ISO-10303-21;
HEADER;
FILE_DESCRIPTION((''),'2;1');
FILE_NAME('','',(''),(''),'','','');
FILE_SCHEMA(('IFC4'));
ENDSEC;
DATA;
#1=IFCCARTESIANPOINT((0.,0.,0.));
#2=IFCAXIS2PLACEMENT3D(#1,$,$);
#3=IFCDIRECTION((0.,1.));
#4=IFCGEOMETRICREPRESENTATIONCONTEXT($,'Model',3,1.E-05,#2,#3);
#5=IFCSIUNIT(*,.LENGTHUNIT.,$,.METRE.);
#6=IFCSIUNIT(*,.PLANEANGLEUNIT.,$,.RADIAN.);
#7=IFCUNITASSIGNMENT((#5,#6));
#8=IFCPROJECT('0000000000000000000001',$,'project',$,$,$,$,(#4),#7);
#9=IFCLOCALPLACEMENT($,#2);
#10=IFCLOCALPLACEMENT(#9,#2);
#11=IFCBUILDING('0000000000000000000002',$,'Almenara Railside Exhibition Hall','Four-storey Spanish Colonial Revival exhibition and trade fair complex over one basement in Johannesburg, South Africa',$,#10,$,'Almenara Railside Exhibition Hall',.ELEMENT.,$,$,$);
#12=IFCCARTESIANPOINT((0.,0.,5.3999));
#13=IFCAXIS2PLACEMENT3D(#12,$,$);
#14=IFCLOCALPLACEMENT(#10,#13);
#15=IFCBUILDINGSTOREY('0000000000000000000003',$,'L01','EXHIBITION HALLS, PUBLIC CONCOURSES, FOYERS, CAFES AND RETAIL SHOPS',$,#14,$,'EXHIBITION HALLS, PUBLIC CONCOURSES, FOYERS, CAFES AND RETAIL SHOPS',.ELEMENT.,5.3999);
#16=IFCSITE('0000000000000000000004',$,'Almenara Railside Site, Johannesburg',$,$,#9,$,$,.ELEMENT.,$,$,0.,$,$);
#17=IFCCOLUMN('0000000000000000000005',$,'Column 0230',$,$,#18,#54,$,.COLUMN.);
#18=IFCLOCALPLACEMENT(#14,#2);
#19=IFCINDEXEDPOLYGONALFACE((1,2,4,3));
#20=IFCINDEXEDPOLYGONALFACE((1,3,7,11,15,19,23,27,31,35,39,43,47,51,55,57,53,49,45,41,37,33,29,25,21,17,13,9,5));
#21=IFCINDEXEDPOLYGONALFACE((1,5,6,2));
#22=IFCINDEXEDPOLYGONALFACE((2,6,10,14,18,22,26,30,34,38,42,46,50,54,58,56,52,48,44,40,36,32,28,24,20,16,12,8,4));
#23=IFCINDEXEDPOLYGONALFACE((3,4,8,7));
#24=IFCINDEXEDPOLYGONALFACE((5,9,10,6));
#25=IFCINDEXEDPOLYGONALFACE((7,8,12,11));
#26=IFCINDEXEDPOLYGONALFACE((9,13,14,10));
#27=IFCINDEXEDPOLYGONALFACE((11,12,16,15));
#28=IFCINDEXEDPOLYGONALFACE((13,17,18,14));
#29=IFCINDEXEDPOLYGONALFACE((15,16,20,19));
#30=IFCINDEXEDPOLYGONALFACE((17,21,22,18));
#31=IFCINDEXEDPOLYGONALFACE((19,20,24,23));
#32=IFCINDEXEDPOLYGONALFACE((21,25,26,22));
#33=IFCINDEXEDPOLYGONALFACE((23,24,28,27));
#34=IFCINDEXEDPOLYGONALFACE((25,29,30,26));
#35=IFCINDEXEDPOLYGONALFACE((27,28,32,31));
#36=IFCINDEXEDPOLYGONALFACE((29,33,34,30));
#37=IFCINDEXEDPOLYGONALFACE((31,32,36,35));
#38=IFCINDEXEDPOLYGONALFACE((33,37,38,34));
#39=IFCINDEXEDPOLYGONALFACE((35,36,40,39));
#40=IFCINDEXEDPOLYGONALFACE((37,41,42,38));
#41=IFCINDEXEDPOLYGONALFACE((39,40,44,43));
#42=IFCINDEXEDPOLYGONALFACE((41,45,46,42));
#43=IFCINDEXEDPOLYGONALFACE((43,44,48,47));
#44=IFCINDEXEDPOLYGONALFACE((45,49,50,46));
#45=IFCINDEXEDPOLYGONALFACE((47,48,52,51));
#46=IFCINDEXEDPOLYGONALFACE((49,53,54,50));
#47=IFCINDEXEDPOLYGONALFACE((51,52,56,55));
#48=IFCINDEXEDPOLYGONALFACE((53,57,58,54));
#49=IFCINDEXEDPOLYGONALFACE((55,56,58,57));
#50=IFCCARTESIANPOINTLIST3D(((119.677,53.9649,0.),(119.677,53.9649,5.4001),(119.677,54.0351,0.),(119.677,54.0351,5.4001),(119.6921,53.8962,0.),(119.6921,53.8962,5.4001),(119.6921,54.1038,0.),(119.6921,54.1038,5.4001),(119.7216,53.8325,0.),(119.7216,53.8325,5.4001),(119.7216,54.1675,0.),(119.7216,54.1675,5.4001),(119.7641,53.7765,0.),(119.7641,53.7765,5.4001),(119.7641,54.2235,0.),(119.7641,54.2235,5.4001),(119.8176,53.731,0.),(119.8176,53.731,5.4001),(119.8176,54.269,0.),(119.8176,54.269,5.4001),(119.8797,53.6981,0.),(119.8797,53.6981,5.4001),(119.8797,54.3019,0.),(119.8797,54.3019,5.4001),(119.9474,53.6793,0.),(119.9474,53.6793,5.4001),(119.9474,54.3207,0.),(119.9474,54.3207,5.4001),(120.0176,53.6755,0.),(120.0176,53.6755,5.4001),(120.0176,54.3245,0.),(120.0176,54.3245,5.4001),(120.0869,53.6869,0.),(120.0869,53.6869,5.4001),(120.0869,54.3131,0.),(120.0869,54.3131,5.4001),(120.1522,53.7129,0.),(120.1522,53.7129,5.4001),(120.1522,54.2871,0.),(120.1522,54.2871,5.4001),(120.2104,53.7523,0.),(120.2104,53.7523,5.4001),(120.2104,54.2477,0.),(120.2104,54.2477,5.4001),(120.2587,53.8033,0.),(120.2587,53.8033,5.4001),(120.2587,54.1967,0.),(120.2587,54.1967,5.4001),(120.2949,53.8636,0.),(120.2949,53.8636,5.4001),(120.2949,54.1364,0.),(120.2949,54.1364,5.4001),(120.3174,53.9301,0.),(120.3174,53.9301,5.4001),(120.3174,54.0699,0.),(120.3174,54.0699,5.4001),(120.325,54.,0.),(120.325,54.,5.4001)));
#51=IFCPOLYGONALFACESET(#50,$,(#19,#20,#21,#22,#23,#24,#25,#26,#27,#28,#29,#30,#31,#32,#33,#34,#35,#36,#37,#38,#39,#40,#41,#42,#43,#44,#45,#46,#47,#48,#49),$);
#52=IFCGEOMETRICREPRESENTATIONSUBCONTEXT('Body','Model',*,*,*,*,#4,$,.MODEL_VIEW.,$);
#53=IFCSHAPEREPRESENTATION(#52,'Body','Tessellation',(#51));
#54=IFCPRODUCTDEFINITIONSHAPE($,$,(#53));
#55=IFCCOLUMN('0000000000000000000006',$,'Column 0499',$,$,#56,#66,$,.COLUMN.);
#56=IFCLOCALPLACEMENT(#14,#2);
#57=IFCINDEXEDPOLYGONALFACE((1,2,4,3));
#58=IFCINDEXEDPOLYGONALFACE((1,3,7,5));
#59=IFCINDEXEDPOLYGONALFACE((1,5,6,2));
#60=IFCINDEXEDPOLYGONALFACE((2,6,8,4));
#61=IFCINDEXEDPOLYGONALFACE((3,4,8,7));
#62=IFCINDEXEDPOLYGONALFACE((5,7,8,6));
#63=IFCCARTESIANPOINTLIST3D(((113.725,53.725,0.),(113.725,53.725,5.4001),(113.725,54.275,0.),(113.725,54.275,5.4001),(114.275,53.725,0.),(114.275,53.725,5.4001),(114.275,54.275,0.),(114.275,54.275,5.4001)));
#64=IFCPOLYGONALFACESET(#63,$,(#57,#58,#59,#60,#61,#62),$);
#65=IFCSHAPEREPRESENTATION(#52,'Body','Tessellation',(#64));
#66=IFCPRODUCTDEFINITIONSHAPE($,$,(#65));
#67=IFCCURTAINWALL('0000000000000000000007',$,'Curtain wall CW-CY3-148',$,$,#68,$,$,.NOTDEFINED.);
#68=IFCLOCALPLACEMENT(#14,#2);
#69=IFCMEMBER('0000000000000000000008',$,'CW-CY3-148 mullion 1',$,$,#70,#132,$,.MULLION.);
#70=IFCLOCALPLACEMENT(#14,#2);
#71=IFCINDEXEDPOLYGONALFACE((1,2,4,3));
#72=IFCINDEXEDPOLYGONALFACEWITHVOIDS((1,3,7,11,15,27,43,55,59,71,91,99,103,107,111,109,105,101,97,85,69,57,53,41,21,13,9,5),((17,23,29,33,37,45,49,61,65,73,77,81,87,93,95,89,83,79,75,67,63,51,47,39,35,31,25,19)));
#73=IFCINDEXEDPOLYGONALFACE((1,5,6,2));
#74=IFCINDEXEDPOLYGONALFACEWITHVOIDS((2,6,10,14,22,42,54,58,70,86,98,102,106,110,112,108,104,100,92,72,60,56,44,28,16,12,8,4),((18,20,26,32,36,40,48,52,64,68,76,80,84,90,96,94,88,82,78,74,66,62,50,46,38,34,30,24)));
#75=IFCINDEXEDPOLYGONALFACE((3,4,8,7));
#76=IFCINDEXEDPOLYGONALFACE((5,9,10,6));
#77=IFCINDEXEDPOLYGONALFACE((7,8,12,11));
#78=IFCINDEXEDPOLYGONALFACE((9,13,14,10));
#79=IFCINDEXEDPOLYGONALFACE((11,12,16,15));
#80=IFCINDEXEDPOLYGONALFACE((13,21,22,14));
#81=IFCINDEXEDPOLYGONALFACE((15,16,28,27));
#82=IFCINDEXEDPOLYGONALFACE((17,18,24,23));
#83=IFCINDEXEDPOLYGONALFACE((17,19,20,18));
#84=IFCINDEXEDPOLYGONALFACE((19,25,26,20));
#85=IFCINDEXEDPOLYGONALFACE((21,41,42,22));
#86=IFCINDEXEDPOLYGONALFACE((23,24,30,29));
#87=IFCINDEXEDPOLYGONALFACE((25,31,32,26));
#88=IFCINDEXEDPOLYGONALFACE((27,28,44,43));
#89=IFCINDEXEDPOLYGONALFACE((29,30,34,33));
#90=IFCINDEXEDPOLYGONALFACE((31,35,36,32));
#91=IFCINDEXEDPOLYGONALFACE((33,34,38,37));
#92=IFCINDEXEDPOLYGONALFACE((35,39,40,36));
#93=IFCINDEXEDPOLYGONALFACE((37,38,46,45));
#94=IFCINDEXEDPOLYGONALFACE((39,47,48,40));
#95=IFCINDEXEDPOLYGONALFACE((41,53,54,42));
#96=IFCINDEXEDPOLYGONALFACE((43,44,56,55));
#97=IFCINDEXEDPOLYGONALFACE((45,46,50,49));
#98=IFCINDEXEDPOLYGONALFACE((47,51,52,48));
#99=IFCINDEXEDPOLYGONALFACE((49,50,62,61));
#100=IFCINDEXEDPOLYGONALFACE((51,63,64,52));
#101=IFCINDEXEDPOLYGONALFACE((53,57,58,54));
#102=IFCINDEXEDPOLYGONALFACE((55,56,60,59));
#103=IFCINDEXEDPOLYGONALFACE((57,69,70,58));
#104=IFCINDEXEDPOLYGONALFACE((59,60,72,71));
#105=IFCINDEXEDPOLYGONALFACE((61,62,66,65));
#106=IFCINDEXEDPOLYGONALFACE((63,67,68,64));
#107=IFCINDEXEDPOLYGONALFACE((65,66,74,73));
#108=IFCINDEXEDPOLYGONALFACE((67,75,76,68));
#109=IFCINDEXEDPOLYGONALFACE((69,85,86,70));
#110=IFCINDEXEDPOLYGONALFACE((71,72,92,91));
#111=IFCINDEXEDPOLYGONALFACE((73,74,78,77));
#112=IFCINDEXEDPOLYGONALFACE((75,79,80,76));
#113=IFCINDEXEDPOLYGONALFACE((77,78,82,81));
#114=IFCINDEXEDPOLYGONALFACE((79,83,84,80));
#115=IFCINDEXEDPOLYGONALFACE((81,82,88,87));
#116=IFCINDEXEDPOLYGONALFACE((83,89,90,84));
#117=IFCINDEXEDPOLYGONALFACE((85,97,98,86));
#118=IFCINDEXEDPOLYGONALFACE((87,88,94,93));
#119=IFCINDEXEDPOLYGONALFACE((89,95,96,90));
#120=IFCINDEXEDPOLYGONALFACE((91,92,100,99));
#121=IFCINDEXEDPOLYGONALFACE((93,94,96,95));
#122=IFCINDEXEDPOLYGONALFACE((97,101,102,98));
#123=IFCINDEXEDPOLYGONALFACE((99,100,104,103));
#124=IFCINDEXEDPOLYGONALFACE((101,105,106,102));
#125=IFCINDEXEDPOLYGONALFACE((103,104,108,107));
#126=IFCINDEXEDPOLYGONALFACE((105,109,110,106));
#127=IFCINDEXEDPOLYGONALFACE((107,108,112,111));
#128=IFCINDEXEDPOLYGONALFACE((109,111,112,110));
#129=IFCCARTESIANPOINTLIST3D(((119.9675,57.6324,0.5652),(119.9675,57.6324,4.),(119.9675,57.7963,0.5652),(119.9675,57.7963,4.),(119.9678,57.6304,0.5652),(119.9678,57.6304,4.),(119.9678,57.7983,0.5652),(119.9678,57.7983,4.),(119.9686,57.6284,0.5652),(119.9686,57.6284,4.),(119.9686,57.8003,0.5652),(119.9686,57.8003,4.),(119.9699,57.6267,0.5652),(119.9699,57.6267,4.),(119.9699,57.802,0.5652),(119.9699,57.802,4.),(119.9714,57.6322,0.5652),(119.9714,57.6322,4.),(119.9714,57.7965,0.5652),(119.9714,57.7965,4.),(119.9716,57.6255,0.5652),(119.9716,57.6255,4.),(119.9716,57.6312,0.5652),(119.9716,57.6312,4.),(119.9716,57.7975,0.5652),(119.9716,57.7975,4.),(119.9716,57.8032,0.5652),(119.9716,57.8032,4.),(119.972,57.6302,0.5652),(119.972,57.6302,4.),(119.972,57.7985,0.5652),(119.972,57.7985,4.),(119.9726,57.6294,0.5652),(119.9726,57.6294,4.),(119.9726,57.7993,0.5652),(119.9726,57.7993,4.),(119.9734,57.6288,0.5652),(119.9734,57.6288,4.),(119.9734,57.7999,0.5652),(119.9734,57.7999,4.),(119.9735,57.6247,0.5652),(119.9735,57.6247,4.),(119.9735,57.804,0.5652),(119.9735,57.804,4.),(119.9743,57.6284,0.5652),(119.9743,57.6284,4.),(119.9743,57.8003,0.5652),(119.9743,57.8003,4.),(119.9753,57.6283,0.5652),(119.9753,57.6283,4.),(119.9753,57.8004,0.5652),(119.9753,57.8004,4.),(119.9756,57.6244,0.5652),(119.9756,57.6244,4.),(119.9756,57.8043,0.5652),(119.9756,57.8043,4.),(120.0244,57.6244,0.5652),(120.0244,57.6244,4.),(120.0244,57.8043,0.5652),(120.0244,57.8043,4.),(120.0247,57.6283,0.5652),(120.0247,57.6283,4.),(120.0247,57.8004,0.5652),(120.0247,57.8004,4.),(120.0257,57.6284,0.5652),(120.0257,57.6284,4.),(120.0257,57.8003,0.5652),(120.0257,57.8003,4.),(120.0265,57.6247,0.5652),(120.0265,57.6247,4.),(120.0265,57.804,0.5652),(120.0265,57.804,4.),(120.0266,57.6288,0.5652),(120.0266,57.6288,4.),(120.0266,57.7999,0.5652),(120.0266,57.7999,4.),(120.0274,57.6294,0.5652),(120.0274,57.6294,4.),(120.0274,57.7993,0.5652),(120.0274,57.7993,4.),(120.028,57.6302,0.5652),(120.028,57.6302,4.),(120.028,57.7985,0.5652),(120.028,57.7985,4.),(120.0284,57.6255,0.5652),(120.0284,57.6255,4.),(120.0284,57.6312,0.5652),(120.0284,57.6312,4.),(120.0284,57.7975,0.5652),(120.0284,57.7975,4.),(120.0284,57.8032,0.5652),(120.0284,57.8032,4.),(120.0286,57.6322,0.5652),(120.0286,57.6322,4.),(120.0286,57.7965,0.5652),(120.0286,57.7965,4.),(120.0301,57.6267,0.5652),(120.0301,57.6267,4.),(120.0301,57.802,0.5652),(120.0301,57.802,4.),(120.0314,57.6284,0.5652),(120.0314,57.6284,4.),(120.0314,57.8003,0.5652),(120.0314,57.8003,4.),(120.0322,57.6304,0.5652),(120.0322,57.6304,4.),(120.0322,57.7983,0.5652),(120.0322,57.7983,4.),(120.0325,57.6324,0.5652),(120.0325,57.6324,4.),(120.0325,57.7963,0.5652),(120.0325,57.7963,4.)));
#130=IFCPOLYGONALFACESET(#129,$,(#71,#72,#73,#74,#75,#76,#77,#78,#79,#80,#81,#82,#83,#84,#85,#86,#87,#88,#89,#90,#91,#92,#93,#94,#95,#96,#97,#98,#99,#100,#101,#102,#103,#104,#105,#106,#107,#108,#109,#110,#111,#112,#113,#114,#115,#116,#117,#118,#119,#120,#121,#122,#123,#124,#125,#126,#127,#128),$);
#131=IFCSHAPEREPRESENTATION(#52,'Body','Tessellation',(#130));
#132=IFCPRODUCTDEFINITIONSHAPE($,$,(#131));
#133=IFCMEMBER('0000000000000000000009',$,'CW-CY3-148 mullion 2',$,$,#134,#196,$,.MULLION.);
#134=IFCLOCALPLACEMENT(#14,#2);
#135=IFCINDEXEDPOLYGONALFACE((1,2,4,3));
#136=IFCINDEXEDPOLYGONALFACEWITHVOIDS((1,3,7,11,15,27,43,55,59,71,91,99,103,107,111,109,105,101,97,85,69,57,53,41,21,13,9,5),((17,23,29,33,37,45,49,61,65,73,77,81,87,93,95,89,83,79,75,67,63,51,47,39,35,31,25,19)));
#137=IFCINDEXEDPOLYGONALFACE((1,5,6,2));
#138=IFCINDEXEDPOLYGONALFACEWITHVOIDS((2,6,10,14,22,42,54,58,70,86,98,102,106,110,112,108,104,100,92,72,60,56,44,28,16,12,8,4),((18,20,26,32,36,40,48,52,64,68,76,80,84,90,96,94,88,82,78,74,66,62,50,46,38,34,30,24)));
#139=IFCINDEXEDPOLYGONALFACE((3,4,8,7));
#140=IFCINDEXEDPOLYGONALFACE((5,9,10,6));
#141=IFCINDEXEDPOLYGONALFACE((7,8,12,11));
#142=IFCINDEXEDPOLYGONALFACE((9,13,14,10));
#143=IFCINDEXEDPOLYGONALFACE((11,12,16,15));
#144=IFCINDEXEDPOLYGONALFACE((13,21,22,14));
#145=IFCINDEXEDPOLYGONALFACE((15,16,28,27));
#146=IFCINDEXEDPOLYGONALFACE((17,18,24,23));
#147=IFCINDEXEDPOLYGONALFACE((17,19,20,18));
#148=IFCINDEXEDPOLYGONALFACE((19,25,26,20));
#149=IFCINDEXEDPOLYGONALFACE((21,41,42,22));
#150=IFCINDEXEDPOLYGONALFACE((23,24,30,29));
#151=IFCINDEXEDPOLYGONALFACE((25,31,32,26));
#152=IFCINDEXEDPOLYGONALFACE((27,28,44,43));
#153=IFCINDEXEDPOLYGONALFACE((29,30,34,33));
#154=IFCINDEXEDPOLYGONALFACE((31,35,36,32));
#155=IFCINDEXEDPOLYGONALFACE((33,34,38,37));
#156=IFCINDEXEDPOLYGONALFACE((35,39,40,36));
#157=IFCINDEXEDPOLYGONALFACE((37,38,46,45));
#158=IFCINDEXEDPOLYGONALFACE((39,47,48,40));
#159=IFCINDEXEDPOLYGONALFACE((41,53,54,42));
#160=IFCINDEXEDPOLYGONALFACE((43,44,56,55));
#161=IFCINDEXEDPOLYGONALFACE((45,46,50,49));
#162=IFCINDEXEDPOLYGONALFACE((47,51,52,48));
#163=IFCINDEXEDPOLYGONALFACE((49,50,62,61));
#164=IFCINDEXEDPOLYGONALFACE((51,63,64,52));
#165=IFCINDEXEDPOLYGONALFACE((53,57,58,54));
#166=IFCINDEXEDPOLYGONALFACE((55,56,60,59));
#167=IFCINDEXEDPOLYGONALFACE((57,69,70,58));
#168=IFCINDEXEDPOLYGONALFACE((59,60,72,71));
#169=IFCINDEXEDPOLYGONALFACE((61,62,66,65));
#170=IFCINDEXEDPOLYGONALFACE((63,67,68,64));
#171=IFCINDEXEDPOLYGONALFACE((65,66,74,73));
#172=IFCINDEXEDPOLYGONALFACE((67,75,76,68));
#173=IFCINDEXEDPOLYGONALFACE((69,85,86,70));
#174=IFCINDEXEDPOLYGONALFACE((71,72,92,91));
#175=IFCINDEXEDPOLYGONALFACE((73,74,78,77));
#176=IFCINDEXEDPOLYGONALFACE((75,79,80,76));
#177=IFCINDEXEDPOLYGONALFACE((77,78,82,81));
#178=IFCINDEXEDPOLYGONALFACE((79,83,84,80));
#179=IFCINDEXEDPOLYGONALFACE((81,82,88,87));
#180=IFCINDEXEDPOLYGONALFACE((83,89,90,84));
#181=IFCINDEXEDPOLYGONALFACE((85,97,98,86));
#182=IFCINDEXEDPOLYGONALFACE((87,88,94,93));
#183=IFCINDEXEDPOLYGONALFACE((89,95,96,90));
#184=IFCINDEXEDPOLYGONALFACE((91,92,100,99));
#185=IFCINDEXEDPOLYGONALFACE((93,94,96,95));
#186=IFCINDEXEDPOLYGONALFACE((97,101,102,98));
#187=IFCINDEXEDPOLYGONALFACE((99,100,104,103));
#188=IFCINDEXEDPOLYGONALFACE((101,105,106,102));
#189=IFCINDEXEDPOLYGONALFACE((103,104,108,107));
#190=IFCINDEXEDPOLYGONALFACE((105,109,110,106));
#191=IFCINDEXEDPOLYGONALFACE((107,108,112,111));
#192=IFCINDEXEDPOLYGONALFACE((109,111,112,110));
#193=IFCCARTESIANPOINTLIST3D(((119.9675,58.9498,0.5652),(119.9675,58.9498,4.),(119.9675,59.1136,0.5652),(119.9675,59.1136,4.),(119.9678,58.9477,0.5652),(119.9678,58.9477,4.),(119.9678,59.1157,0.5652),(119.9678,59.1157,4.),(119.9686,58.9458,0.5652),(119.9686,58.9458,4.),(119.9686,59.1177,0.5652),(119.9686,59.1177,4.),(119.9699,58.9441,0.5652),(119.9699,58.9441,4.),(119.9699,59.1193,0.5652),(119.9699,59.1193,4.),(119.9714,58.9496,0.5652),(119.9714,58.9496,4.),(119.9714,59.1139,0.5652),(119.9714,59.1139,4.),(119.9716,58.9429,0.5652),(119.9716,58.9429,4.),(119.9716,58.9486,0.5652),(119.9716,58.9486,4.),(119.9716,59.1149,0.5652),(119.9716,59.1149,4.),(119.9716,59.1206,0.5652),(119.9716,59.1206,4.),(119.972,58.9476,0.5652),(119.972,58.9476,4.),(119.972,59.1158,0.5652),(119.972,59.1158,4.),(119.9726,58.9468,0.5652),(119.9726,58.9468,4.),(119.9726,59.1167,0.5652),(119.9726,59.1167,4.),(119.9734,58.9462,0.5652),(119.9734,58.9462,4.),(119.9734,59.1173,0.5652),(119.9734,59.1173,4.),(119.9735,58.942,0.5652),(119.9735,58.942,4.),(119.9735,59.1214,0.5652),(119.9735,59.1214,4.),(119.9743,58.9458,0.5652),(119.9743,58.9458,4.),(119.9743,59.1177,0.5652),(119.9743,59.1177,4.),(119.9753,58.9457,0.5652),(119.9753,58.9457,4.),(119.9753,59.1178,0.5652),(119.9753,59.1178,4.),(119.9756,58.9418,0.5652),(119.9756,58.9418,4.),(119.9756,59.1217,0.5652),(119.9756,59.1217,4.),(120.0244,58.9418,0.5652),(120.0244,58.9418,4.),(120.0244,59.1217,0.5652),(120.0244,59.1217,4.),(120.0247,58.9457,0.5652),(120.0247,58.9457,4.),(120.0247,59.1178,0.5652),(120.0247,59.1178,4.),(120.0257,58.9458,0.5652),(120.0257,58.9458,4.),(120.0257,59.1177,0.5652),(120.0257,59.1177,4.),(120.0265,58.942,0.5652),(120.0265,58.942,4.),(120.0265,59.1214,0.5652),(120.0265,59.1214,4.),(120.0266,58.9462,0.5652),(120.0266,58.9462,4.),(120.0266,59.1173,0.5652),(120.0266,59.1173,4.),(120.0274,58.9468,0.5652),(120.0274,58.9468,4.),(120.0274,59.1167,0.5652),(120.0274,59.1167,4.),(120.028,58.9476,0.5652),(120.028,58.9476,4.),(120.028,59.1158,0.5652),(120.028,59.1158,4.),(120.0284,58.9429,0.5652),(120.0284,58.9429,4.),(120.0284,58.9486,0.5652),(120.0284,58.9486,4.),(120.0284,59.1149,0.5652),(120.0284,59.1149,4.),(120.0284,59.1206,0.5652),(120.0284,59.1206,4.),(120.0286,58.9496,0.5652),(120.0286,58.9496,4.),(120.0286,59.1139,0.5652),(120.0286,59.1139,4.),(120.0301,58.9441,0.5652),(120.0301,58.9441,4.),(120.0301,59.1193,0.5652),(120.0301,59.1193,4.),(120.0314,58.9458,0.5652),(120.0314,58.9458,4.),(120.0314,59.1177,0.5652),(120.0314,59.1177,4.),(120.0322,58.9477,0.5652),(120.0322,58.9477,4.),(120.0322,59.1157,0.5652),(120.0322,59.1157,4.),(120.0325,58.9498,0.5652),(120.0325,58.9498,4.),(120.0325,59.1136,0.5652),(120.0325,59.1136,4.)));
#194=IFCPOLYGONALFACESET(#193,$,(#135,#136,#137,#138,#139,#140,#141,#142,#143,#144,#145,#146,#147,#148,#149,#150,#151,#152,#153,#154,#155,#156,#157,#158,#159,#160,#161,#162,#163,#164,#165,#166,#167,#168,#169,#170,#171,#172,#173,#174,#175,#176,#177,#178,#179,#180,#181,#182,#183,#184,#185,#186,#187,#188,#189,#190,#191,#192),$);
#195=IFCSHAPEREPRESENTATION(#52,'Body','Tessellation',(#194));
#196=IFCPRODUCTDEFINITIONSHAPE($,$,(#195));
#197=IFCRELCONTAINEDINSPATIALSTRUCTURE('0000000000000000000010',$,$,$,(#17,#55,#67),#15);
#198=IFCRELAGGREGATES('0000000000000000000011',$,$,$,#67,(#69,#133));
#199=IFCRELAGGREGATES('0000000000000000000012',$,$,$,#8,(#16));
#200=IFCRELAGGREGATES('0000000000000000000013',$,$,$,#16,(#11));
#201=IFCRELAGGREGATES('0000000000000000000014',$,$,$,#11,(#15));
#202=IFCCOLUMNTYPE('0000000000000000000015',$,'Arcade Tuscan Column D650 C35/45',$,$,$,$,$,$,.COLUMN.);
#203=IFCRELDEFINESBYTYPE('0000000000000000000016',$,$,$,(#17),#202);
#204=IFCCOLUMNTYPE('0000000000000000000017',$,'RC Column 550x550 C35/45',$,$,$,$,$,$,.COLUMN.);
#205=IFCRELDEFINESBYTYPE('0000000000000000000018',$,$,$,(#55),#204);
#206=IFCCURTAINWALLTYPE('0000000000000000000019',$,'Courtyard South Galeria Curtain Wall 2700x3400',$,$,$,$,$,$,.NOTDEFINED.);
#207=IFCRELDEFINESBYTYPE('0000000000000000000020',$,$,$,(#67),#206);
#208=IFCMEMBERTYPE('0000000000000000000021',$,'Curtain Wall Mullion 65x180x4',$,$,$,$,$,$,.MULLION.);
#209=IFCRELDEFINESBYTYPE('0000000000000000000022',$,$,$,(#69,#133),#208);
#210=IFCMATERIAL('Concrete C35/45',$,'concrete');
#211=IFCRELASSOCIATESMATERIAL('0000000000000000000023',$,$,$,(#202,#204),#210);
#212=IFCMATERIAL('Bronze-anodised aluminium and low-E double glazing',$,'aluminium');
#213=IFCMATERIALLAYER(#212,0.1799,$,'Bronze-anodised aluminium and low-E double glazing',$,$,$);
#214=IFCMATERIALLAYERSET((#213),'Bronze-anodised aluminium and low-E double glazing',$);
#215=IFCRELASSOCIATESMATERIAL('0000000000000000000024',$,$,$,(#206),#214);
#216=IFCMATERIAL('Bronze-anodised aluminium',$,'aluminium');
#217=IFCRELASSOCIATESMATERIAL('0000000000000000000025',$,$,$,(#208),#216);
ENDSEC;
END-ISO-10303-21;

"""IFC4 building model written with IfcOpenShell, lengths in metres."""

from ifc_helpers import new_model, si_unit, direction, frame, origin, origin_2d, place, context, subcontext, project, spatial, rectangle, hollow_rectangle, circle, extrude, material, layer, layer_set, material_profile, profile_set, type_object, element, aggregate, save


model = new_model("IFC4")

# Units and contexts
model_context = context("Model", 3, precision=1e-05, world=origin(), true_north=direction((0.0, 1.0)))
body_context = subcontext(model_context, "Body", "Model", "MODEL_VIEW")
ifc_project = project(units=[si_unit("LENGTHUNIT", "METRE"), si_unit("PLANEANGLEUNIT", "RADIAN")], contexts=[model_context])

# Site, building, storey
site_placement = place(None, origin())
site = spatial("IfcSite", under=ifc_project, at=site_placement, Name="Almenara Railside Site, Johannesburg", CompositionType="ELEMENT", RefElevation=0.0)
building_placement = place(site_placement, origin())
building = spatial("IfcBuilding", under=site, at=building_placement, Name="Almenara Railside Exhibition Hall", Description="Four-storey Spanish Colonial Revival exhibition and trade fair complex over one basement in Johannesburg, South Africa", LongName="Almenara Railside Exhibition Hall", CompositionType="ELEMENT")
storey_placement = place(building_placement, frame((0.0, 0.0, 5.3999)))
storey = spatial("IfcBuildingStorey", under=building, at=storey_placement, Name="L01", Description="EXHIBITION HALLS, PUBLIC CONCOURSES, FOYERS, CAFES AND RETAIL SHOPS", LongName="EXHIBITION HALLS, PUBLIC CONCOURSES, FOYERS, CAFES AND RETAIL SHOPS", CompositionType="ELEMENT", Elevation=5.3999)

# Columns
ifc_material_1 = material(Name="Concrete C35/45", Category="concrete")
ifc_material_profile_1 = material_profile(ifc_material_1, circle(Radius=0.325, at=origin_2d()), Name="RC-COL D650")
ifc_profile_set_1 = profile_set([ifc_material_profile_1], Name="Concrete C35/45")
column_type_1 = type_object("IfcColumnType", Name="Arcade Tuscan Column D650 C35/45", PredefinedType="COLUMN", material=ifc_profile_set_1)
column_1_placement = place(storey_placement, frame((120.0, 54.0, 0.0), z_axis=(0.0, 0.0, 1.0), x_axis=(1.0, 0.0, 0.0)))
element("IfcColumn", 1, at=column_1_placement, inside=storey, type_object=column_type_1, Name="Column 0230", PredefinedType="COLUMN", context=body_context, shape_type="SweptSolid", body=[
    extrude(circle(Radius=0.325, at=origin_2d()), origin(), (0.0, 0.0, 1.0), 5.4001),
])
ifc_material_profile_2 = material_profile(ifc_material_1, rectangle(XDim=0.55, YDim=0.55, at=origin_2d()), Name="RC 550x550")
ifc_profile_set_2 = profile_set([ifc_material_profile_2], Name="Concrete C35/45")
column_type_2 = type_object("IfcColumnType", Name="RC Column 550x550 C35/45", PredefinedType="COLUMN", material=ifc_profile_set_2)
column_2_placement = place(storey_placement, frame((114.0, 54.0, 0.0), z_axis=(0.0, 0.0, 1.0), x_axis=(1.0, 0.0, 0.0)))
element("IfcColumn", 2, at=column_2_placement, inside=storey, type_object=column_type_2, Name="Column 0499", PredefinedType="COLUMN", context=body_context, shape_type="SweptSolid", body=[
    extrude(rectangle(XDim=0.55, YDim=0.55, at=origin_2d()), origin(), (0.0, 0.0, 1.0), 5.4001),
])

# Curtain wall, members
ifc_material_2 = material(Name="Bronze-anodised aluminium and low-E double glazing", Category="aluminium")
ifc_layer_1 = layer(ifc_material_2, 0.1799, Name="Bronze-anodised aluminium and low-E double glazing")
ifc_layer_set_1 = layer_set([ifc_layer_1], Name="Bronze-anodised aluminium and low-E double glazing")
curtain_wall_type_1 = type_object("IfcCurtainWallType", Name="Courtyard South Galeria Curtain Wall 2700x3400", PredefinedType="NOTDEFINED", material=ifc_layer_set_1)
curtain_wall_1_placement = place(storey_placement, origin())
curtain_wall_1 = element("IfcCurtainWall", 3, at=curtain_wall_1_placement, inside=storey, type_object=curtain_wall_type_1, Name="Curtain wall CW-CY3-148", PredefinedType="NOTDEFINED")
ifc_material_3 = material(Name="Bronze-anodised aluminium", Category="aluminium")
ifc_material_profile_3 = material_profile(ifc_material_3, hollow_rectangle(XDim=0.0649, YDim=0.1799, WallThickness=0.0039, InnerFilletRadius=0.0039, OuterFilletRadius=0.0081, at=origin_2d()), Name="ALU-MUL 65x180x4")
ifc_profile_set_3 = profile_set([ifc_material_profile_3], Name="Bronze-anodised aluminium")
member_type_1 = type_object("IfcMemberType", Name="Curtain Wall Mullion 65x180x4", PredefinedType="MULLION", material=ifc_profile_set_3)
member_1_placement = place(storey_placement, frame((120.0, 57.7144, 0.5652), z_axis=(0.0, 0.0, 1.0), x_axis=(-1.0, 0.0, 0.0)))
member_1 = element("IfcMember", 4, at=member_1_placement, type_object=member_type_1, Name="CW-CY3-148 mullion 1", PredefinedType="MULLION", context=body_context, shape_type="SweptSolid", body=[
    extrude(hollow_rectangle(XDim=0.0649, YDim=0.1799, WallThickness=0.0039, InnerFilletRadius=0.0039, OuterFilletRadius=0.0081, at=origin_2d()), origin(), (0.0, 0.0, 1.0), 3.4348),
])
member_2_placement = place(storey_placement, frame((120.0, 59.0317, 0.5652), z_axis=(0.0, 0.0, 1.0), x_axis=(-1.0, 0.0, 0.0)))
member_2 = element("IfcMember", 5, at=member_2_placement, type_object=member_type_1, Name="CW-CY3-148 mullion 2", PredefinedType="MULLION", context=body_context, shape_type="SweptSolid", body=[
    extrude(hollow_rectangle(XDim=0.0649, YDim=0.1799, WallThickness=0.0039, InnerFilletRadius=0.0039, OuterFilletRadius=0.0081, at=origin_2d()), origin(), (0.0, 0.0, 1.0), 3.4348),
])

aggregate(curtain_wall_1, [member_1, member_2])

save(model, "model.ifc")
